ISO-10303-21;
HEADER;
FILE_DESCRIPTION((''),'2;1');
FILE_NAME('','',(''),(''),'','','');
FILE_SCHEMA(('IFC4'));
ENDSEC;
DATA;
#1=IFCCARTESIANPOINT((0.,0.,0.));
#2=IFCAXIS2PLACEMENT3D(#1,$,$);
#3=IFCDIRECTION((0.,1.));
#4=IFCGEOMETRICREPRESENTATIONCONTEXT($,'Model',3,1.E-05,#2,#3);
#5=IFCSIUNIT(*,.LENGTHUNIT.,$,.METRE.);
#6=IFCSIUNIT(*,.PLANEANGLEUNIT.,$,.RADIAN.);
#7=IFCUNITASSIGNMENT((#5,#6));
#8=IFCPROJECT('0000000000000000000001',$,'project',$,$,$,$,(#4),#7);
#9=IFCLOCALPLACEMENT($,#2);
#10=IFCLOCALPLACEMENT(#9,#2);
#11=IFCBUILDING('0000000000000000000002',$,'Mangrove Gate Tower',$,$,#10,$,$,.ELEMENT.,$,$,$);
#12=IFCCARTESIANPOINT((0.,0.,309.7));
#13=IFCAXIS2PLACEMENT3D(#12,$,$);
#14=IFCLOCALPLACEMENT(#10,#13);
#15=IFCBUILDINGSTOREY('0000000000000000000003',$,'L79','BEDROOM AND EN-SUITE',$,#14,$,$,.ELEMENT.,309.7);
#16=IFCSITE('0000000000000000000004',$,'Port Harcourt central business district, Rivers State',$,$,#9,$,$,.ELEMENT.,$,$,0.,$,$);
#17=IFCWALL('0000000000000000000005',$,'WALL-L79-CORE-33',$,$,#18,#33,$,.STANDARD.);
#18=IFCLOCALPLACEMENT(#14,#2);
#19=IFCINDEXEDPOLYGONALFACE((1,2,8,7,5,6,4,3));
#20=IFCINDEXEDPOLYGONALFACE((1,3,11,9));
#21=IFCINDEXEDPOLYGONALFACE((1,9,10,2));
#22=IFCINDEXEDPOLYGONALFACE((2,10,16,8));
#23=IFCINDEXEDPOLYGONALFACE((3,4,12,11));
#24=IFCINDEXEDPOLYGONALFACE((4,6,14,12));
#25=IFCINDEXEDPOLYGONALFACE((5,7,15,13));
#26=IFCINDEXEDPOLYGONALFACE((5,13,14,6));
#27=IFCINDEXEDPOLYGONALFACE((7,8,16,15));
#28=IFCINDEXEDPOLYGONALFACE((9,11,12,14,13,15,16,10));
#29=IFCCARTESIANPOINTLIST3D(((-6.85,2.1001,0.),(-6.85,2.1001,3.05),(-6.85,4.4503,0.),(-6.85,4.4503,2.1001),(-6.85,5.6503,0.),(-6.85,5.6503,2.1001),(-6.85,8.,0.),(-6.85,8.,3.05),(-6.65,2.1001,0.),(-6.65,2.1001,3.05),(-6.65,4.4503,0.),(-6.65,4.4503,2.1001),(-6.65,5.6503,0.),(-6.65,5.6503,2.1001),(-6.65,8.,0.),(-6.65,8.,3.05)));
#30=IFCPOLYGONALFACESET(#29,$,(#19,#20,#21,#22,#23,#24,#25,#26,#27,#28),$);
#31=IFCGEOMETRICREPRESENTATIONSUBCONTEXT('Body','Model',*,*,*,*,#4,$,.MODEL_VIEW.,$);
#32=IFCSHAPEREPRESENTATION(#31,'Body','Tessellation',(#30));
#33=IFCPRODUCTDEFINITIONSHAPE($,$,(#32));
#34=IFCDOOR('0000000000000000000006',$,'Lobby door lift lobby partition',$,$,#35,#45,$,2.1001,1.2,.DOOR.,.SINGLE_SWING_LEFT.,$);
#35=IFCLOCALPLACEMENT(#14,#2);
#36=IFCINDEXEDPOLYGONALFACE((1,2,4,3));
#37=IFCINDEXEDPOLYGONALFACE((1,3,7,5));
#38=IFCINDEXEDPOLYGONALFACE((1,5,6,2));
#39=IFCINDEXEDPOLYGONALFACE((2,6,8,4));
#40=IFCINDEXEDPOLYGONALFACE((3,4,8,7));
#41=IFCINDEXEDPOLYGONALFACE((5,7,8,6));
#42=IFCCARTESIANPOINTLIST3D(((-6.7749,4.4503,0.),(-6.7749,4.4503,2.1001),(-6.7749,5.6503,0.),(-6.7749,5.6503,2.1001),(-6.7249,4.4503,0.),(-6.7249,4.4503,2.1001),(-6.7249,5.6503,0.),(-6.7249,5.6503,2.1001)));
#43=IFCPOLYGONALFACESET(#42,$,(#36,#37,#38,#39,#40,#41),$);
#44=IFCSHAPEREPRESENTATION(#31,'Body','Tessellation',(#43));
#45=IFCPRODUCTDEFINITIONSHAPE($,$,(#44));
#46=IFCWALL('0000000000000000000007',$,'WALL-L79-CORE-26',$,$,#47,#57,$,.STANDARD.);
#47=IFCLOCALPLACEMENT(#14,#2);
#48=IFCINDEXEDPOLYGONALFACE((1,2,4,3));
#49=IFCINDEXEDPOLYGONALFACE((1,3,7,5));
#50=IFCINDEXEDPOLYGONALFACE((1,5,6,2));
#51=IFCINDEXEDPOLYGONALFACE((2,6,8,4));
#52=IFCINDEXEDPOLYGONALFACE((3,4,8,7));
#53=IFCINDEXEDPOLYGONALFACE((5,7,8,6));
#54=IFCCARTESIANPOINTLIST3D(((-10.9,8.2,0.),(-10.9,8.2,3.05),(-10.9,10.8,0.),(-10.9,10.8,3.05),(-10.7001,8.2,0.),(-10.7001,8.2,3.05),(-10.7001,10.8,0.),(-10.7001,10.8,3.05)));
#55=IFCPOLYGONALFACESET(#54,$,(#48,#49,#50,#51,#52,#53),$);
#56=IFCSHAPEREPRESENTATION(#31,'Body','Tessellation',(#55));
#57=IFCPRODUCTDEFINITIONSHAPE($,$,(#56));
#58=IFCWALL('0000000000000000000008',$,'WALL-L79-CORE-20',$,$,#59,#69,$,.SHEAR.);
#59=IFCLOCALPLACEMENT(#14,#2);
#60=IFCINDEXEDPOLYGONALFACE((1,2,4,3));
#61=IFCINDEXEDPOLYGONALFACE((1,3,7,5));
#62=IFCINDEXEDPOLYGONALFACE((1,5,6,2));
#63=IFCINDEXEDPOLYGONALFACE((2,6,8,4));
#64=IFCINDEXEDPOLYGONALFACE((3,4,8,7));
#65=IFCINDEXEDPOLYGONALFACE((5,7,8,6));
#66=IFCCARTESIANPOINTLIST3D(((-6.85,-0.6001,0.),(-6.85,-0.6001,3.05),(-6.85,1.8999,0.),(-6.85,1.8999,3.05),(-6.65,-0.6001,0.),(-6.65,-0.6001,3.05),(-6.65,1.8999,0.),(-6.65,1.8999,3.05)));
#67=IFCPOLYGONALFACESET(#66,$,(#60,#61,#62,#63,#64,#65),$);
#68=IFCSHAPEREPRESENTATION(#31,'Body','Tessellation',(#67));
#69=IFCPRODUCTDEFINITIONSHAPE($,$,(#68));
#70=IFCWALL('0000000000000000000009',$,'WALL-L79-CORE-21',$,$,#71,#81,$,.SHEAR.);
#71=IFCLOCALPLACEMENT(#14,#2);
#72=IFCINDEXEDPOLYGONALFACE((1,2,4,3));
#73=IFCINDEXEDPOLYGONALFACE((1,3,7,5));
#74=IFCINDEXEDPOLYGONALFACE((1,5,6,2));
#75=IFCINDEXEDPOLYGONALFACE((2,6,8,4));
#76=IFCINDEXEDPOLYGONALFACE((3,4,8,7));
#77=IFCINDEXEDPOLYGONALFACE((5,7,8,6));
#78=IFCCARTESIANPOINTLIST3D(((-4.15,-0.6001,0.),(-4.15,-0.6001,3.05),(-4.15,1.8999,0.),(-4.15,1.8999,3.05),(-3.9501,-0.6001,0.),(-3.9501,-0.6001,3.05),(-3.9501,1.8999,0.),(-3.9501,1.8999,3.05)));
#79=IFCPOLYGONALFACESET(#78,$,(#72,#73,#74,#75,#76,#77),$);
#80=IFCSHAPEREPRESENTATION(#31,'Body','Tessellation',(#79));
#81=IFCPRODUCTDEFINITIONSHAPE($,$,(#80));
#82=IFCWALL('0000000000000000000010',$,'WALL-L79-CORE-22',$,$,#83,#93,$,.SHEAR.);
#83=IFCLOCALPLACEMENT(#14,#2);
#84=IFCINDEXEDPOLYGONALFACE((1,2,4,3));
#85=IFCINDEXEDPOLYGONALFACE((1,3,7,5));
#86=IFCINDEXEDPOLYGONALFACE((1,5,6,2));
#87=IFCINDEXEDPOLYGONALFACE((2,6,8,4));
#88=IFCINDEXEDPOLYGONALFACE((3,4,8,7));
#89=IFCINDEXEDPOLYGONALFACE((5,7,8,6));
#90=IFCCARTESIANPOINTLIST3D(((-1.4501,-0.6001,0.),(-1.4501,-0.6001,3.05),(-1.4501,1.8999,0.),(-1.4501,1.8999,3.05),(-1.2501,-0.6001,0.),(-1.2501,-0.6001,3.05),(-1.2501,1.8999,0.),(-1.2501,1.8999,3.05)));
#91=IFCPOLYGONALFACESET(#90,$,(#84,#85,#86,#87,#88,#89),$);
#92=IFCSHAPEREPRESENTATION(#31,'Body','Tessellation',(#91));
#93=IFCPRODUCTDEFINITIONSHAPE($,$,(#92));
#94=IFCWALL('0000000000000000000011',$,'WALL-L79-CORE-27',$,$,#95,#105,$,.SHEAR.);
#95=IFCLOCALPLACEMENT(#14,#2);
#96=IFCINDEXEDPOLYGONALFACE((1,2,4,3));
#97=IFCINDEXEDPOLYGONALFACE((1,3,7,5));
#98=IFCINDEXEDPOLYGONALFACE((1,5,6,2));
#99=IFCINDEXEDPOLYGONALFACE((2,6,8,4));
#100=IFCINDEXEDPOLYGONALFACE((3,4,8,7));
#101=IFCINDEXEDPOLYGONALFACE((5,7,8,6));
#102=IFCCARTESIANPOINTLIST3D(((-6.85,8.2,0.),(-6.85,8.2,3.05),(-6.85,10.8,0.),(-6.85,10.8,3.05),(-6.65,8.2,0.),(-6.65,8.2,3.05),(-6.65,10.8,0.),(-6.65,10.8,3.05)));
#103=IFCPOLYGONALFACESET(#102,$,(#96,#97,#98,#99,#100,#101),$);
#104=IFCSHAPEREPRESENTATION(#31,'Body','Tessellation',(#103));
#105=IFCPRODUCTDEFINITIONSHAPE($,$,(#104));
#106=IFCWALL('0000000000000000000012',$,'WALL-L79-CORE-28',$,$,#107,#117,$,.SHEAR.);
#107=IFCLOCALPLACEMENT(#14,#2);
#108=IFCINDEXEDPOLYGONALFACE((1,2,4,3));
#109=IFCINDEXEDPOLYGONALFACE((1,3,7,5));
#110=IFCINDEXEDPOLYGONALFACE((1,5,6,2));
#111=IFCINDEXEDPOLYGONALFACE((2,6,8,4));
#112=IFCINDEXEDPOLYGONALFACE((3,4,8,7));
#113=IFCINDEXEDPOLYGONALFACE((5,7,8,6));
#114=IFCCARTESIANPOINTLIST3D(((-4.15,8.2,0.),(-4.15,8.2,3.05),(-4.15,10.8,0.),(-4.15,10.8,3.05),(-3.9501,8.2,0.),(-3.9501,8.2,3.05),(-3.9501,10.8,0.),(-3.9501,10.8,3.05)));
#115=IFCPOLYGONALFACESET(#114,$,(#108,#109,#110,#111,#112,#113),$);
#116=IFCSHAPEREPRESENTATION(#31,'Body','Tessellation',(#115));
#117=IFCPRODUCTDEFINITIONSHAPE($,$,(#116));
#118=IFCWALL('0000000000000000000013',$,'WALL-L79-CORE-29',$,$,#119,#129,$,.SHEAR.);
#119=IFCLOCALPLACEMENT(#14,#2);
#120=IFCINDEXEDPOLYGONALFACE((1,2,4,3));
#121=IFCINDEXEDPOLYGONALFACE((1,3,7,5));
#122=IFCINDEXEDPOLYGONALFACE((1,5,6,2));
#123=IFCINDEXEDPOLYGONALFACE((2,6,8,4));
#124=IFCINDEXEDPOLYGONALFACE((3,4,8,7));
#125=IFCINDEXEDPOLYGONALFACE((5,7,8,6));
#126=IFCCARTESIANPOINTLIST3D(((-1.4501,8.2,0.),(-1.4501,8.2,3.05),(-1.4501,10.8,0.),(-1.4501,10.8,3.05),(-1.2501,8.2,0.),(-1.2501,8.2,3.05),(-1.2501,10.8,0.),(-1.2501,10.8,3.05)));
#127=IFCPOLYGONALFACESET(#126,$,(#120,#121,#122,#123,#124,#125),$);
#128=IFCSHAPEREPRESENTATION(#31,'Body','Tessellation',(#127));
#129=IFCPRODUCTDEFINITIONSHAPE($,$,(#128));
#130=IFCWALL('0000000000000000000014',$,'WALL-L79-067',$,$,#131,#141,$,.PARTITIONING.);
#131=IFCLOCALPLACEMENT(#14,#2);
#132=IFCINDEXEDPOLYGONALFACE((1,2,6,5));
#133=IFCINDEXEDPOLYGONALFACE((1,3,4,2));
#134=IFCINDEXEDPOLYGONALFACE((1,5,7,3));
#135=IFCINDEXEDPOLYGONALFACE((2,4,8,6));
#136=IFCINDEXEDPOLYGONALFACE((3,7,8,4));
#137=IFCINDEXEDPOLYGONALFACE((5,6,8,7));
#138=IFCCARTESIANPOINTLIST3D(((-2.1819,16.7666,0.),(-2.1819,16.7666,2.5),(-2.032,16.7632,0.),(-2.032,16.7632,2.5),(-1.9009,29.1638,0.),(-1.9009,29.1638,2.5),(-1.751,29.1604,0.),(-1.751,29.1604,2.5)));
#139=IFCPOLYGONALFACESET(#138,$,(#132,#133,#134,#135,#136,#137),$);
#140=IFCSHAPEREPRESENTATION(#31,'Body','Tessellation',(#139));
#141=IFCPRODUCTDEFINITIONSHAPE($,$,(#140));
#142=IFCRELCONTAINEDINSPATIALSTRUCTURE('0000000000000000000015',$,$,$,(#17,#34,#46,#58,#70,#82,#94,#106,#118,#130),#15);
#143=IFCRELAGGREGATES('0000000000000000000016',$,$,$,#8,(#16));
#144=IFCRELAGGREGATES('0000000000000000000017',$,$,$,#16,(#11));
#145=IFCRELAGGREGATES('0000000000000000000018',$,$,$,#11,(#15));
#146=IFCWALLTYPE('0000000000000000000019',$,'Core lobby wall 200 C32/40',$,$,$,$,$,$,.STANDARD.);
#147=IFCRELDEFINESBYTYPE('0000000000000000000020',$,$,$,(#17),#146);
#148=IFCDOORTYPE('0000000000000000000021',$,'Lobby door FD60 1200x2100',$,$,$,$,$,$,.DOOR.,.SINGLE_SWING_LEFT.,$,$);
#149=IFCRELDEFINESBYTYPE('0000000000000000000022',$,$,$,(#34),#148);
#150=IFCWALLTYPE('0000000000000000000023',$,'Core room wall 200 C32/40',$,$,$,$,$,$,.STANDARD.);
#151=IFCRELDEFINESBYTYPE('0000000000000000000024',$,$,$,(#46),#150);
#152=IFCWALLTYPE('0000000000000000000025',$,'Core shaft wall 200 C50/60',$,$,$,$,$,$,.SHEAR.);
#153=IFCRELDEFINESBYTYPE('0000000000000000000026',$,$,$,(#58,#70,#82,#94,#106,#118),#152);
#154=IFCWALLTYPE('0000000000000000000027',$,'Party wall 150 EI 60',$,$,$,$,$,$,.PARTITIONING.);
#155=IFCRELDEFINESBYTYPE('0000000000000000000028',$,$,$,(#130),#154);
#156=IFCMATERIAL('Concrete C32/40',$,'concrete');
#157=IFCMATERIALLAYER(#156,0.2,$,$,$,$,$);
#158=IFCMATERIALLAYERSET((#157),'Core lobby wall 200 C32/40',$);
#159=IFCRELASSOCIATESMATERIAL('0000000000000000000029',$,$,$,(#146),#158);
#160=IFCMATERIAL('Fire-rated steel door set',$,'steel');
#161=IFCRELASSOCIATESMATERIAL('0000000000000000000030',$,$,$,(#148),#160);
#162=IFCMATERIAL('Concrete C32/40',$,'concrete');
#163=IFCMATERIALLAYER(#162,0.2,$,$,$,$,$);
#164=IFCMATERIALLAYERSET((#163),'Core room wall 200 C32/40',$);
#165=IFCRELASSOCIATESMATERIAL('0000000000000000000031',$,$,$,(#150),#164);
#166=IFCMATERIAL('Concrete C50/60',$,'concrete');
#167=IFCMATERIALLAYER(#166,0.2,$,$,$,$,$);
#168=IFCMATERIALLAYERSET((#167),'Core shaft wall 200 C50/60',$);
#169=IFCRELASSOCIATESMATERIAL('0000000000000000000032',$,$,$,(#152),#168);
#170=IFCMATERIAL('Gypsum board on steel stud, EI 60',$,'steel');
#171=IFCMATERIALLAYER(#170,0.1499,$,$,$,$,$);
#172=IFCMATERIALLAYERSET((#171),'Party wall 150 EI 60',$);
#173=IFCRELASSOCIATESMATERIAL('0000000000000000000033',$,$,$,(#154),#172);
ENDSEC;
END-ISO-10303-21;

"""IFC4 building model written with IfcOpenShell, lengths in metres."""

from ifc_helpers import new_model, si_unit, direction, frame, frame_2d, origin, place, context, subcontext, project, spatial, rectangle, extrude, material, layer, layer_set, type_object, element, fill, save


model = new_model("IFC4")

# Units and contexts
model_context = context("Model", 3, precision=1e-05, world=origin(), true_north=direction((0.0, 1.0)))
body_context = subcontext(model_context, "Body", "Model", "MODEL_VIEW")
ifc_project = project(units=[si_unit("LENGTHUNIT", "METRE"), si_unit("PLANEANGLEUNIT", "RADIAN")], contexts=[model_context])

# Site, building, storey
site_placement = place(None, origin())
site = spatial("IfcSite", under=ifc_project, at=site_placement, Name="Port Harcourt central business district, Rivers State", CompositionType="ELEMENT", RefElevation=0.0)
building_placement = place(site_placement, origin())
building = spatial("IfcBuilding", under=site, at=building_placement, Name="Mangrove Gate Tower", CompositionType="ELEMENT")
storey_placement = place(building_placement, frame((0.0, 0.0, 309.7)))
storey = spatial("IfcBuildingStorey", under=building, at=storey_placement, Name="L79", Description="BEDROOM AND EN-SUITE", CompositionType="ELEMENT", Elevation=309.7)

# Wall, opening, door
ifc_material_1 = material(Name="Concrete C32/40", Category="concrete")
ifc_layer_1 = layer(ifc_material_1, 0.2)
ifc_layer_set_1 = layer_set([ifc_layer_1], Name="Core lobby wall 200 C32/40")
wall_type_1 = type_object("IfcWallType", Name="Core lobby wall 200 C32/40", PredefinedType="STANDARD", material=ifc_layer_set_1)
wall_1_placement = place(storey_placement, frame((-6.75, 2.1001, 0.0), z_axis=(0.0, 0.0, 1.0), x_axis=(0.0, 1.0, 0.0)))
wall_1 = element("IfcWall", 1, at=wall_1_placement, inside=storey, type_object=wall_type_1, Name="WALL-L79-CORE-33", PredefinedType="STANDARD", context=body_context, shape_type="SweptSolid", body=[
    extrude(rectangle(XDim=5.8999, YDim=0.2, at=frame_2d((2.95, 0.0))), origin(), (0.0, 0.0, 1.0), 3.05),
])
opening_placement = place(wall_1_placement, frame((2.3501, 0.0, 0.0)))
opening = element("IfcOpeningElement", 2, at=opening_placement, cuts=wall_1, PredefinedType="OPENING", context=body_context, shape_type="SweptSolid", body=[
    extrude(rectangle(XDim=1.2, YDim=2.1001, at=frame_2d((0.6001, 1.05))), frame((0.0, 0.1099, 0.0), z_axis=(0.0, -1.0, 0.0), x_axis=(1.0, 0.0, 0.0)), (0.0, 0.0, 1.0), 0.22),
])
ifc_material_2 = material(Name="Fire-rated steel door set", Category="steel")
door_type = type_object("IfcDoorType", Name="Lobby door FD60 1200x2100", OperationType="SINGLE_SWING_LEFT", PredefinedType="DOOR", material=ifc_material_2)
door_placement = place(opening_placement, origin())
door = element("IfcDoor", 3, at=door_placement, inside=storey, type_object=door_type, Name="Lobby door lift lobby partition", OperationType="SINGLE_SWING_LEFT", OverallHeight=2.1001, OverallWidth=1.2, PredefinedType="DOOR", context=body_context, shape_type="SweptSolid", body=[
    extrude(rectangle(XDim=1.2, YDim=2.1001, at=frame_2d((0.6001, 1.05))), frame((0.0, 0.0249, 0.0), z_axis=(0.0, -1.0, 0.0), x_axis=(1.0, 0.0, 0.0)), (0.0, 0.0, 1.0), 0.05),
])
fill(opening, door)

# Walls
ifc_material_3 = material(Name="Concrete C32/40", Category="concrete")
ifc_layer_2 = layer(ifc_material_3, 0.2)
ifc_layer_set_2 = layer_set([ifc_layer_2], Name="Core room wall 200 C32/40")
wall_type_2 = type_object("IfcWallType", Name="Core room wall 200 C32/40", PredefinedType="STANDARD", material=ifc_layer_set_2)
wall_2_placement = place(storey_placement, frame((-10.8, 8.2, 0.0), z_axis=(0.0, 0.0, 1.0), x_axis=(0.0, 1.0, 0.0)))
element("IfcWall", 4, at=wall_2_placement, inside=storey, type_object=wall_type_2, Name="WALL-L79-CORE-26", PredefinedType="STANDARD", context=body_context, shape_type="SweptSolid", body=[
    extrude(rectangle(XDim=2.6001, YDim=0.2, at=frame_2d((1.3, 0.0))), origin(), (0.0, 0.0, 1.0), 3.05),
])
ifc_material_4 = material(Name="Concrete C50/60", Category="concrete")
ifc_layer_3 = layer(ifc_material_4, 0.2)
ifc_layer_set_3 = layer_set([ifc_layer_3], Name="Core shaft wall 200 C50/60")
wall_type_3 = type_object("IfcWallType", Name="Core shaft wall 200 C50/60", PredefinedType="SHEAR", material=ifc_layer_set_3)
for number, where, z_axis, x_axis, name in (
    (5, (-6.75, -0.6001, 0.0), (0.0, 0.0, 1.0), (0.0, 1.0, 0.0), "WALL-L79-CORE-20"),
    (6, (-4.05, -0.6001, 0.0), (0.0, 0.0, 1.0), (0.0, 1.0, 0.0), "WALL-L79-CORE-21"),
    (7, (-1.3501, -0.6001, 0.0), (0.0, 0.0, 1.0), (0.0, 1.0, 0.0), "WALL-L79-CORE-22"),
):
    element("IfcWall", number, at=place(storey_placement, frame(where, z_axis=z_axis, x_axis=x_axis)), inside=storey, type_object=wall_type_3, Name=name, PredefinedType="SHEAR", context=body_context, shape_type="SweptSolid", body=[
        extrude(rectangle(XDim=2.5, YDim=0.2, at=frame_2d((1.25, 0.0))), origin(), (0.0, 0.0, 1.0), 3.05),
    ])
for number, where, z_axis, x_axis, name in (
    (8, (-6.75, 8.2, 0.0), (0.0, 0.0, 1.0), (0.0, 1.0, 0.0), "WALL-L79-CORE-27"),
    (9, (-4.05, 8.2, 0.0), (0.0, 0.0, 1.0), (0.0, 1.0, 0.0), "WALL-L79-CORE-28"),
    (10, (-1.3501, 8.2, 0.0), (0.0, 0.0, 1.0), (0.0, 1.0, 0.0), "WALL-L79-CORE-29"),
):
    element("IfcWall", number, at=place(storey_placement, frame(where, z_axis=z_axis, x_axis=x_axis)), inside=storey, type_object=wall_type_3, Name=name, PredefinedType="SHEAR", context=body_context, shape_type="SweptSolid", body=[
        extrude(rectangle(XDim=2.6001, YDim=0.2, at=frame_2d((1.3, 0.0))), origin(), (0.0, 0.0, 1.0), 3.05),
    ])
ifc_material_5 = material(Name="Gypsum board on steel stud, EI 60", Category="steel")
ifc_layer_4 = layer(ifc_material_5, 0.1499)
ifc_layer_set_4 = layer_set([ifc_layer_4], Name="Party wall 150 EI 60")
wall_type_4 = type_object("IfcWallType", Name="Party wall 150 EI 60", PredefinedType="PARTITIONING", material=ifc_layer_set_4)
wall_3_placement = place(storey_placement, frame((-2.1069, 16.7649, 0.0), z_axis=(0.0, 0.0, 1.0), x_axis=(0.022661, 0.999743, 0.0)))
element("IfcWall", 11, at=wall_3_placement, inside=storey, type_object=wall_type_4, Name="WALL-L79-067", PredefinedType="PARTITIONING", context=body_context, shape_type="SweptSolid", body=[
    extrude(rectangle(XDim=12.4004, YDim=0.1499, at=frame_2d((6.2002, 0.0))), origin(), (0.0, 0.0, 1.0), 2.5),
])

save(model, "model.ifc")
